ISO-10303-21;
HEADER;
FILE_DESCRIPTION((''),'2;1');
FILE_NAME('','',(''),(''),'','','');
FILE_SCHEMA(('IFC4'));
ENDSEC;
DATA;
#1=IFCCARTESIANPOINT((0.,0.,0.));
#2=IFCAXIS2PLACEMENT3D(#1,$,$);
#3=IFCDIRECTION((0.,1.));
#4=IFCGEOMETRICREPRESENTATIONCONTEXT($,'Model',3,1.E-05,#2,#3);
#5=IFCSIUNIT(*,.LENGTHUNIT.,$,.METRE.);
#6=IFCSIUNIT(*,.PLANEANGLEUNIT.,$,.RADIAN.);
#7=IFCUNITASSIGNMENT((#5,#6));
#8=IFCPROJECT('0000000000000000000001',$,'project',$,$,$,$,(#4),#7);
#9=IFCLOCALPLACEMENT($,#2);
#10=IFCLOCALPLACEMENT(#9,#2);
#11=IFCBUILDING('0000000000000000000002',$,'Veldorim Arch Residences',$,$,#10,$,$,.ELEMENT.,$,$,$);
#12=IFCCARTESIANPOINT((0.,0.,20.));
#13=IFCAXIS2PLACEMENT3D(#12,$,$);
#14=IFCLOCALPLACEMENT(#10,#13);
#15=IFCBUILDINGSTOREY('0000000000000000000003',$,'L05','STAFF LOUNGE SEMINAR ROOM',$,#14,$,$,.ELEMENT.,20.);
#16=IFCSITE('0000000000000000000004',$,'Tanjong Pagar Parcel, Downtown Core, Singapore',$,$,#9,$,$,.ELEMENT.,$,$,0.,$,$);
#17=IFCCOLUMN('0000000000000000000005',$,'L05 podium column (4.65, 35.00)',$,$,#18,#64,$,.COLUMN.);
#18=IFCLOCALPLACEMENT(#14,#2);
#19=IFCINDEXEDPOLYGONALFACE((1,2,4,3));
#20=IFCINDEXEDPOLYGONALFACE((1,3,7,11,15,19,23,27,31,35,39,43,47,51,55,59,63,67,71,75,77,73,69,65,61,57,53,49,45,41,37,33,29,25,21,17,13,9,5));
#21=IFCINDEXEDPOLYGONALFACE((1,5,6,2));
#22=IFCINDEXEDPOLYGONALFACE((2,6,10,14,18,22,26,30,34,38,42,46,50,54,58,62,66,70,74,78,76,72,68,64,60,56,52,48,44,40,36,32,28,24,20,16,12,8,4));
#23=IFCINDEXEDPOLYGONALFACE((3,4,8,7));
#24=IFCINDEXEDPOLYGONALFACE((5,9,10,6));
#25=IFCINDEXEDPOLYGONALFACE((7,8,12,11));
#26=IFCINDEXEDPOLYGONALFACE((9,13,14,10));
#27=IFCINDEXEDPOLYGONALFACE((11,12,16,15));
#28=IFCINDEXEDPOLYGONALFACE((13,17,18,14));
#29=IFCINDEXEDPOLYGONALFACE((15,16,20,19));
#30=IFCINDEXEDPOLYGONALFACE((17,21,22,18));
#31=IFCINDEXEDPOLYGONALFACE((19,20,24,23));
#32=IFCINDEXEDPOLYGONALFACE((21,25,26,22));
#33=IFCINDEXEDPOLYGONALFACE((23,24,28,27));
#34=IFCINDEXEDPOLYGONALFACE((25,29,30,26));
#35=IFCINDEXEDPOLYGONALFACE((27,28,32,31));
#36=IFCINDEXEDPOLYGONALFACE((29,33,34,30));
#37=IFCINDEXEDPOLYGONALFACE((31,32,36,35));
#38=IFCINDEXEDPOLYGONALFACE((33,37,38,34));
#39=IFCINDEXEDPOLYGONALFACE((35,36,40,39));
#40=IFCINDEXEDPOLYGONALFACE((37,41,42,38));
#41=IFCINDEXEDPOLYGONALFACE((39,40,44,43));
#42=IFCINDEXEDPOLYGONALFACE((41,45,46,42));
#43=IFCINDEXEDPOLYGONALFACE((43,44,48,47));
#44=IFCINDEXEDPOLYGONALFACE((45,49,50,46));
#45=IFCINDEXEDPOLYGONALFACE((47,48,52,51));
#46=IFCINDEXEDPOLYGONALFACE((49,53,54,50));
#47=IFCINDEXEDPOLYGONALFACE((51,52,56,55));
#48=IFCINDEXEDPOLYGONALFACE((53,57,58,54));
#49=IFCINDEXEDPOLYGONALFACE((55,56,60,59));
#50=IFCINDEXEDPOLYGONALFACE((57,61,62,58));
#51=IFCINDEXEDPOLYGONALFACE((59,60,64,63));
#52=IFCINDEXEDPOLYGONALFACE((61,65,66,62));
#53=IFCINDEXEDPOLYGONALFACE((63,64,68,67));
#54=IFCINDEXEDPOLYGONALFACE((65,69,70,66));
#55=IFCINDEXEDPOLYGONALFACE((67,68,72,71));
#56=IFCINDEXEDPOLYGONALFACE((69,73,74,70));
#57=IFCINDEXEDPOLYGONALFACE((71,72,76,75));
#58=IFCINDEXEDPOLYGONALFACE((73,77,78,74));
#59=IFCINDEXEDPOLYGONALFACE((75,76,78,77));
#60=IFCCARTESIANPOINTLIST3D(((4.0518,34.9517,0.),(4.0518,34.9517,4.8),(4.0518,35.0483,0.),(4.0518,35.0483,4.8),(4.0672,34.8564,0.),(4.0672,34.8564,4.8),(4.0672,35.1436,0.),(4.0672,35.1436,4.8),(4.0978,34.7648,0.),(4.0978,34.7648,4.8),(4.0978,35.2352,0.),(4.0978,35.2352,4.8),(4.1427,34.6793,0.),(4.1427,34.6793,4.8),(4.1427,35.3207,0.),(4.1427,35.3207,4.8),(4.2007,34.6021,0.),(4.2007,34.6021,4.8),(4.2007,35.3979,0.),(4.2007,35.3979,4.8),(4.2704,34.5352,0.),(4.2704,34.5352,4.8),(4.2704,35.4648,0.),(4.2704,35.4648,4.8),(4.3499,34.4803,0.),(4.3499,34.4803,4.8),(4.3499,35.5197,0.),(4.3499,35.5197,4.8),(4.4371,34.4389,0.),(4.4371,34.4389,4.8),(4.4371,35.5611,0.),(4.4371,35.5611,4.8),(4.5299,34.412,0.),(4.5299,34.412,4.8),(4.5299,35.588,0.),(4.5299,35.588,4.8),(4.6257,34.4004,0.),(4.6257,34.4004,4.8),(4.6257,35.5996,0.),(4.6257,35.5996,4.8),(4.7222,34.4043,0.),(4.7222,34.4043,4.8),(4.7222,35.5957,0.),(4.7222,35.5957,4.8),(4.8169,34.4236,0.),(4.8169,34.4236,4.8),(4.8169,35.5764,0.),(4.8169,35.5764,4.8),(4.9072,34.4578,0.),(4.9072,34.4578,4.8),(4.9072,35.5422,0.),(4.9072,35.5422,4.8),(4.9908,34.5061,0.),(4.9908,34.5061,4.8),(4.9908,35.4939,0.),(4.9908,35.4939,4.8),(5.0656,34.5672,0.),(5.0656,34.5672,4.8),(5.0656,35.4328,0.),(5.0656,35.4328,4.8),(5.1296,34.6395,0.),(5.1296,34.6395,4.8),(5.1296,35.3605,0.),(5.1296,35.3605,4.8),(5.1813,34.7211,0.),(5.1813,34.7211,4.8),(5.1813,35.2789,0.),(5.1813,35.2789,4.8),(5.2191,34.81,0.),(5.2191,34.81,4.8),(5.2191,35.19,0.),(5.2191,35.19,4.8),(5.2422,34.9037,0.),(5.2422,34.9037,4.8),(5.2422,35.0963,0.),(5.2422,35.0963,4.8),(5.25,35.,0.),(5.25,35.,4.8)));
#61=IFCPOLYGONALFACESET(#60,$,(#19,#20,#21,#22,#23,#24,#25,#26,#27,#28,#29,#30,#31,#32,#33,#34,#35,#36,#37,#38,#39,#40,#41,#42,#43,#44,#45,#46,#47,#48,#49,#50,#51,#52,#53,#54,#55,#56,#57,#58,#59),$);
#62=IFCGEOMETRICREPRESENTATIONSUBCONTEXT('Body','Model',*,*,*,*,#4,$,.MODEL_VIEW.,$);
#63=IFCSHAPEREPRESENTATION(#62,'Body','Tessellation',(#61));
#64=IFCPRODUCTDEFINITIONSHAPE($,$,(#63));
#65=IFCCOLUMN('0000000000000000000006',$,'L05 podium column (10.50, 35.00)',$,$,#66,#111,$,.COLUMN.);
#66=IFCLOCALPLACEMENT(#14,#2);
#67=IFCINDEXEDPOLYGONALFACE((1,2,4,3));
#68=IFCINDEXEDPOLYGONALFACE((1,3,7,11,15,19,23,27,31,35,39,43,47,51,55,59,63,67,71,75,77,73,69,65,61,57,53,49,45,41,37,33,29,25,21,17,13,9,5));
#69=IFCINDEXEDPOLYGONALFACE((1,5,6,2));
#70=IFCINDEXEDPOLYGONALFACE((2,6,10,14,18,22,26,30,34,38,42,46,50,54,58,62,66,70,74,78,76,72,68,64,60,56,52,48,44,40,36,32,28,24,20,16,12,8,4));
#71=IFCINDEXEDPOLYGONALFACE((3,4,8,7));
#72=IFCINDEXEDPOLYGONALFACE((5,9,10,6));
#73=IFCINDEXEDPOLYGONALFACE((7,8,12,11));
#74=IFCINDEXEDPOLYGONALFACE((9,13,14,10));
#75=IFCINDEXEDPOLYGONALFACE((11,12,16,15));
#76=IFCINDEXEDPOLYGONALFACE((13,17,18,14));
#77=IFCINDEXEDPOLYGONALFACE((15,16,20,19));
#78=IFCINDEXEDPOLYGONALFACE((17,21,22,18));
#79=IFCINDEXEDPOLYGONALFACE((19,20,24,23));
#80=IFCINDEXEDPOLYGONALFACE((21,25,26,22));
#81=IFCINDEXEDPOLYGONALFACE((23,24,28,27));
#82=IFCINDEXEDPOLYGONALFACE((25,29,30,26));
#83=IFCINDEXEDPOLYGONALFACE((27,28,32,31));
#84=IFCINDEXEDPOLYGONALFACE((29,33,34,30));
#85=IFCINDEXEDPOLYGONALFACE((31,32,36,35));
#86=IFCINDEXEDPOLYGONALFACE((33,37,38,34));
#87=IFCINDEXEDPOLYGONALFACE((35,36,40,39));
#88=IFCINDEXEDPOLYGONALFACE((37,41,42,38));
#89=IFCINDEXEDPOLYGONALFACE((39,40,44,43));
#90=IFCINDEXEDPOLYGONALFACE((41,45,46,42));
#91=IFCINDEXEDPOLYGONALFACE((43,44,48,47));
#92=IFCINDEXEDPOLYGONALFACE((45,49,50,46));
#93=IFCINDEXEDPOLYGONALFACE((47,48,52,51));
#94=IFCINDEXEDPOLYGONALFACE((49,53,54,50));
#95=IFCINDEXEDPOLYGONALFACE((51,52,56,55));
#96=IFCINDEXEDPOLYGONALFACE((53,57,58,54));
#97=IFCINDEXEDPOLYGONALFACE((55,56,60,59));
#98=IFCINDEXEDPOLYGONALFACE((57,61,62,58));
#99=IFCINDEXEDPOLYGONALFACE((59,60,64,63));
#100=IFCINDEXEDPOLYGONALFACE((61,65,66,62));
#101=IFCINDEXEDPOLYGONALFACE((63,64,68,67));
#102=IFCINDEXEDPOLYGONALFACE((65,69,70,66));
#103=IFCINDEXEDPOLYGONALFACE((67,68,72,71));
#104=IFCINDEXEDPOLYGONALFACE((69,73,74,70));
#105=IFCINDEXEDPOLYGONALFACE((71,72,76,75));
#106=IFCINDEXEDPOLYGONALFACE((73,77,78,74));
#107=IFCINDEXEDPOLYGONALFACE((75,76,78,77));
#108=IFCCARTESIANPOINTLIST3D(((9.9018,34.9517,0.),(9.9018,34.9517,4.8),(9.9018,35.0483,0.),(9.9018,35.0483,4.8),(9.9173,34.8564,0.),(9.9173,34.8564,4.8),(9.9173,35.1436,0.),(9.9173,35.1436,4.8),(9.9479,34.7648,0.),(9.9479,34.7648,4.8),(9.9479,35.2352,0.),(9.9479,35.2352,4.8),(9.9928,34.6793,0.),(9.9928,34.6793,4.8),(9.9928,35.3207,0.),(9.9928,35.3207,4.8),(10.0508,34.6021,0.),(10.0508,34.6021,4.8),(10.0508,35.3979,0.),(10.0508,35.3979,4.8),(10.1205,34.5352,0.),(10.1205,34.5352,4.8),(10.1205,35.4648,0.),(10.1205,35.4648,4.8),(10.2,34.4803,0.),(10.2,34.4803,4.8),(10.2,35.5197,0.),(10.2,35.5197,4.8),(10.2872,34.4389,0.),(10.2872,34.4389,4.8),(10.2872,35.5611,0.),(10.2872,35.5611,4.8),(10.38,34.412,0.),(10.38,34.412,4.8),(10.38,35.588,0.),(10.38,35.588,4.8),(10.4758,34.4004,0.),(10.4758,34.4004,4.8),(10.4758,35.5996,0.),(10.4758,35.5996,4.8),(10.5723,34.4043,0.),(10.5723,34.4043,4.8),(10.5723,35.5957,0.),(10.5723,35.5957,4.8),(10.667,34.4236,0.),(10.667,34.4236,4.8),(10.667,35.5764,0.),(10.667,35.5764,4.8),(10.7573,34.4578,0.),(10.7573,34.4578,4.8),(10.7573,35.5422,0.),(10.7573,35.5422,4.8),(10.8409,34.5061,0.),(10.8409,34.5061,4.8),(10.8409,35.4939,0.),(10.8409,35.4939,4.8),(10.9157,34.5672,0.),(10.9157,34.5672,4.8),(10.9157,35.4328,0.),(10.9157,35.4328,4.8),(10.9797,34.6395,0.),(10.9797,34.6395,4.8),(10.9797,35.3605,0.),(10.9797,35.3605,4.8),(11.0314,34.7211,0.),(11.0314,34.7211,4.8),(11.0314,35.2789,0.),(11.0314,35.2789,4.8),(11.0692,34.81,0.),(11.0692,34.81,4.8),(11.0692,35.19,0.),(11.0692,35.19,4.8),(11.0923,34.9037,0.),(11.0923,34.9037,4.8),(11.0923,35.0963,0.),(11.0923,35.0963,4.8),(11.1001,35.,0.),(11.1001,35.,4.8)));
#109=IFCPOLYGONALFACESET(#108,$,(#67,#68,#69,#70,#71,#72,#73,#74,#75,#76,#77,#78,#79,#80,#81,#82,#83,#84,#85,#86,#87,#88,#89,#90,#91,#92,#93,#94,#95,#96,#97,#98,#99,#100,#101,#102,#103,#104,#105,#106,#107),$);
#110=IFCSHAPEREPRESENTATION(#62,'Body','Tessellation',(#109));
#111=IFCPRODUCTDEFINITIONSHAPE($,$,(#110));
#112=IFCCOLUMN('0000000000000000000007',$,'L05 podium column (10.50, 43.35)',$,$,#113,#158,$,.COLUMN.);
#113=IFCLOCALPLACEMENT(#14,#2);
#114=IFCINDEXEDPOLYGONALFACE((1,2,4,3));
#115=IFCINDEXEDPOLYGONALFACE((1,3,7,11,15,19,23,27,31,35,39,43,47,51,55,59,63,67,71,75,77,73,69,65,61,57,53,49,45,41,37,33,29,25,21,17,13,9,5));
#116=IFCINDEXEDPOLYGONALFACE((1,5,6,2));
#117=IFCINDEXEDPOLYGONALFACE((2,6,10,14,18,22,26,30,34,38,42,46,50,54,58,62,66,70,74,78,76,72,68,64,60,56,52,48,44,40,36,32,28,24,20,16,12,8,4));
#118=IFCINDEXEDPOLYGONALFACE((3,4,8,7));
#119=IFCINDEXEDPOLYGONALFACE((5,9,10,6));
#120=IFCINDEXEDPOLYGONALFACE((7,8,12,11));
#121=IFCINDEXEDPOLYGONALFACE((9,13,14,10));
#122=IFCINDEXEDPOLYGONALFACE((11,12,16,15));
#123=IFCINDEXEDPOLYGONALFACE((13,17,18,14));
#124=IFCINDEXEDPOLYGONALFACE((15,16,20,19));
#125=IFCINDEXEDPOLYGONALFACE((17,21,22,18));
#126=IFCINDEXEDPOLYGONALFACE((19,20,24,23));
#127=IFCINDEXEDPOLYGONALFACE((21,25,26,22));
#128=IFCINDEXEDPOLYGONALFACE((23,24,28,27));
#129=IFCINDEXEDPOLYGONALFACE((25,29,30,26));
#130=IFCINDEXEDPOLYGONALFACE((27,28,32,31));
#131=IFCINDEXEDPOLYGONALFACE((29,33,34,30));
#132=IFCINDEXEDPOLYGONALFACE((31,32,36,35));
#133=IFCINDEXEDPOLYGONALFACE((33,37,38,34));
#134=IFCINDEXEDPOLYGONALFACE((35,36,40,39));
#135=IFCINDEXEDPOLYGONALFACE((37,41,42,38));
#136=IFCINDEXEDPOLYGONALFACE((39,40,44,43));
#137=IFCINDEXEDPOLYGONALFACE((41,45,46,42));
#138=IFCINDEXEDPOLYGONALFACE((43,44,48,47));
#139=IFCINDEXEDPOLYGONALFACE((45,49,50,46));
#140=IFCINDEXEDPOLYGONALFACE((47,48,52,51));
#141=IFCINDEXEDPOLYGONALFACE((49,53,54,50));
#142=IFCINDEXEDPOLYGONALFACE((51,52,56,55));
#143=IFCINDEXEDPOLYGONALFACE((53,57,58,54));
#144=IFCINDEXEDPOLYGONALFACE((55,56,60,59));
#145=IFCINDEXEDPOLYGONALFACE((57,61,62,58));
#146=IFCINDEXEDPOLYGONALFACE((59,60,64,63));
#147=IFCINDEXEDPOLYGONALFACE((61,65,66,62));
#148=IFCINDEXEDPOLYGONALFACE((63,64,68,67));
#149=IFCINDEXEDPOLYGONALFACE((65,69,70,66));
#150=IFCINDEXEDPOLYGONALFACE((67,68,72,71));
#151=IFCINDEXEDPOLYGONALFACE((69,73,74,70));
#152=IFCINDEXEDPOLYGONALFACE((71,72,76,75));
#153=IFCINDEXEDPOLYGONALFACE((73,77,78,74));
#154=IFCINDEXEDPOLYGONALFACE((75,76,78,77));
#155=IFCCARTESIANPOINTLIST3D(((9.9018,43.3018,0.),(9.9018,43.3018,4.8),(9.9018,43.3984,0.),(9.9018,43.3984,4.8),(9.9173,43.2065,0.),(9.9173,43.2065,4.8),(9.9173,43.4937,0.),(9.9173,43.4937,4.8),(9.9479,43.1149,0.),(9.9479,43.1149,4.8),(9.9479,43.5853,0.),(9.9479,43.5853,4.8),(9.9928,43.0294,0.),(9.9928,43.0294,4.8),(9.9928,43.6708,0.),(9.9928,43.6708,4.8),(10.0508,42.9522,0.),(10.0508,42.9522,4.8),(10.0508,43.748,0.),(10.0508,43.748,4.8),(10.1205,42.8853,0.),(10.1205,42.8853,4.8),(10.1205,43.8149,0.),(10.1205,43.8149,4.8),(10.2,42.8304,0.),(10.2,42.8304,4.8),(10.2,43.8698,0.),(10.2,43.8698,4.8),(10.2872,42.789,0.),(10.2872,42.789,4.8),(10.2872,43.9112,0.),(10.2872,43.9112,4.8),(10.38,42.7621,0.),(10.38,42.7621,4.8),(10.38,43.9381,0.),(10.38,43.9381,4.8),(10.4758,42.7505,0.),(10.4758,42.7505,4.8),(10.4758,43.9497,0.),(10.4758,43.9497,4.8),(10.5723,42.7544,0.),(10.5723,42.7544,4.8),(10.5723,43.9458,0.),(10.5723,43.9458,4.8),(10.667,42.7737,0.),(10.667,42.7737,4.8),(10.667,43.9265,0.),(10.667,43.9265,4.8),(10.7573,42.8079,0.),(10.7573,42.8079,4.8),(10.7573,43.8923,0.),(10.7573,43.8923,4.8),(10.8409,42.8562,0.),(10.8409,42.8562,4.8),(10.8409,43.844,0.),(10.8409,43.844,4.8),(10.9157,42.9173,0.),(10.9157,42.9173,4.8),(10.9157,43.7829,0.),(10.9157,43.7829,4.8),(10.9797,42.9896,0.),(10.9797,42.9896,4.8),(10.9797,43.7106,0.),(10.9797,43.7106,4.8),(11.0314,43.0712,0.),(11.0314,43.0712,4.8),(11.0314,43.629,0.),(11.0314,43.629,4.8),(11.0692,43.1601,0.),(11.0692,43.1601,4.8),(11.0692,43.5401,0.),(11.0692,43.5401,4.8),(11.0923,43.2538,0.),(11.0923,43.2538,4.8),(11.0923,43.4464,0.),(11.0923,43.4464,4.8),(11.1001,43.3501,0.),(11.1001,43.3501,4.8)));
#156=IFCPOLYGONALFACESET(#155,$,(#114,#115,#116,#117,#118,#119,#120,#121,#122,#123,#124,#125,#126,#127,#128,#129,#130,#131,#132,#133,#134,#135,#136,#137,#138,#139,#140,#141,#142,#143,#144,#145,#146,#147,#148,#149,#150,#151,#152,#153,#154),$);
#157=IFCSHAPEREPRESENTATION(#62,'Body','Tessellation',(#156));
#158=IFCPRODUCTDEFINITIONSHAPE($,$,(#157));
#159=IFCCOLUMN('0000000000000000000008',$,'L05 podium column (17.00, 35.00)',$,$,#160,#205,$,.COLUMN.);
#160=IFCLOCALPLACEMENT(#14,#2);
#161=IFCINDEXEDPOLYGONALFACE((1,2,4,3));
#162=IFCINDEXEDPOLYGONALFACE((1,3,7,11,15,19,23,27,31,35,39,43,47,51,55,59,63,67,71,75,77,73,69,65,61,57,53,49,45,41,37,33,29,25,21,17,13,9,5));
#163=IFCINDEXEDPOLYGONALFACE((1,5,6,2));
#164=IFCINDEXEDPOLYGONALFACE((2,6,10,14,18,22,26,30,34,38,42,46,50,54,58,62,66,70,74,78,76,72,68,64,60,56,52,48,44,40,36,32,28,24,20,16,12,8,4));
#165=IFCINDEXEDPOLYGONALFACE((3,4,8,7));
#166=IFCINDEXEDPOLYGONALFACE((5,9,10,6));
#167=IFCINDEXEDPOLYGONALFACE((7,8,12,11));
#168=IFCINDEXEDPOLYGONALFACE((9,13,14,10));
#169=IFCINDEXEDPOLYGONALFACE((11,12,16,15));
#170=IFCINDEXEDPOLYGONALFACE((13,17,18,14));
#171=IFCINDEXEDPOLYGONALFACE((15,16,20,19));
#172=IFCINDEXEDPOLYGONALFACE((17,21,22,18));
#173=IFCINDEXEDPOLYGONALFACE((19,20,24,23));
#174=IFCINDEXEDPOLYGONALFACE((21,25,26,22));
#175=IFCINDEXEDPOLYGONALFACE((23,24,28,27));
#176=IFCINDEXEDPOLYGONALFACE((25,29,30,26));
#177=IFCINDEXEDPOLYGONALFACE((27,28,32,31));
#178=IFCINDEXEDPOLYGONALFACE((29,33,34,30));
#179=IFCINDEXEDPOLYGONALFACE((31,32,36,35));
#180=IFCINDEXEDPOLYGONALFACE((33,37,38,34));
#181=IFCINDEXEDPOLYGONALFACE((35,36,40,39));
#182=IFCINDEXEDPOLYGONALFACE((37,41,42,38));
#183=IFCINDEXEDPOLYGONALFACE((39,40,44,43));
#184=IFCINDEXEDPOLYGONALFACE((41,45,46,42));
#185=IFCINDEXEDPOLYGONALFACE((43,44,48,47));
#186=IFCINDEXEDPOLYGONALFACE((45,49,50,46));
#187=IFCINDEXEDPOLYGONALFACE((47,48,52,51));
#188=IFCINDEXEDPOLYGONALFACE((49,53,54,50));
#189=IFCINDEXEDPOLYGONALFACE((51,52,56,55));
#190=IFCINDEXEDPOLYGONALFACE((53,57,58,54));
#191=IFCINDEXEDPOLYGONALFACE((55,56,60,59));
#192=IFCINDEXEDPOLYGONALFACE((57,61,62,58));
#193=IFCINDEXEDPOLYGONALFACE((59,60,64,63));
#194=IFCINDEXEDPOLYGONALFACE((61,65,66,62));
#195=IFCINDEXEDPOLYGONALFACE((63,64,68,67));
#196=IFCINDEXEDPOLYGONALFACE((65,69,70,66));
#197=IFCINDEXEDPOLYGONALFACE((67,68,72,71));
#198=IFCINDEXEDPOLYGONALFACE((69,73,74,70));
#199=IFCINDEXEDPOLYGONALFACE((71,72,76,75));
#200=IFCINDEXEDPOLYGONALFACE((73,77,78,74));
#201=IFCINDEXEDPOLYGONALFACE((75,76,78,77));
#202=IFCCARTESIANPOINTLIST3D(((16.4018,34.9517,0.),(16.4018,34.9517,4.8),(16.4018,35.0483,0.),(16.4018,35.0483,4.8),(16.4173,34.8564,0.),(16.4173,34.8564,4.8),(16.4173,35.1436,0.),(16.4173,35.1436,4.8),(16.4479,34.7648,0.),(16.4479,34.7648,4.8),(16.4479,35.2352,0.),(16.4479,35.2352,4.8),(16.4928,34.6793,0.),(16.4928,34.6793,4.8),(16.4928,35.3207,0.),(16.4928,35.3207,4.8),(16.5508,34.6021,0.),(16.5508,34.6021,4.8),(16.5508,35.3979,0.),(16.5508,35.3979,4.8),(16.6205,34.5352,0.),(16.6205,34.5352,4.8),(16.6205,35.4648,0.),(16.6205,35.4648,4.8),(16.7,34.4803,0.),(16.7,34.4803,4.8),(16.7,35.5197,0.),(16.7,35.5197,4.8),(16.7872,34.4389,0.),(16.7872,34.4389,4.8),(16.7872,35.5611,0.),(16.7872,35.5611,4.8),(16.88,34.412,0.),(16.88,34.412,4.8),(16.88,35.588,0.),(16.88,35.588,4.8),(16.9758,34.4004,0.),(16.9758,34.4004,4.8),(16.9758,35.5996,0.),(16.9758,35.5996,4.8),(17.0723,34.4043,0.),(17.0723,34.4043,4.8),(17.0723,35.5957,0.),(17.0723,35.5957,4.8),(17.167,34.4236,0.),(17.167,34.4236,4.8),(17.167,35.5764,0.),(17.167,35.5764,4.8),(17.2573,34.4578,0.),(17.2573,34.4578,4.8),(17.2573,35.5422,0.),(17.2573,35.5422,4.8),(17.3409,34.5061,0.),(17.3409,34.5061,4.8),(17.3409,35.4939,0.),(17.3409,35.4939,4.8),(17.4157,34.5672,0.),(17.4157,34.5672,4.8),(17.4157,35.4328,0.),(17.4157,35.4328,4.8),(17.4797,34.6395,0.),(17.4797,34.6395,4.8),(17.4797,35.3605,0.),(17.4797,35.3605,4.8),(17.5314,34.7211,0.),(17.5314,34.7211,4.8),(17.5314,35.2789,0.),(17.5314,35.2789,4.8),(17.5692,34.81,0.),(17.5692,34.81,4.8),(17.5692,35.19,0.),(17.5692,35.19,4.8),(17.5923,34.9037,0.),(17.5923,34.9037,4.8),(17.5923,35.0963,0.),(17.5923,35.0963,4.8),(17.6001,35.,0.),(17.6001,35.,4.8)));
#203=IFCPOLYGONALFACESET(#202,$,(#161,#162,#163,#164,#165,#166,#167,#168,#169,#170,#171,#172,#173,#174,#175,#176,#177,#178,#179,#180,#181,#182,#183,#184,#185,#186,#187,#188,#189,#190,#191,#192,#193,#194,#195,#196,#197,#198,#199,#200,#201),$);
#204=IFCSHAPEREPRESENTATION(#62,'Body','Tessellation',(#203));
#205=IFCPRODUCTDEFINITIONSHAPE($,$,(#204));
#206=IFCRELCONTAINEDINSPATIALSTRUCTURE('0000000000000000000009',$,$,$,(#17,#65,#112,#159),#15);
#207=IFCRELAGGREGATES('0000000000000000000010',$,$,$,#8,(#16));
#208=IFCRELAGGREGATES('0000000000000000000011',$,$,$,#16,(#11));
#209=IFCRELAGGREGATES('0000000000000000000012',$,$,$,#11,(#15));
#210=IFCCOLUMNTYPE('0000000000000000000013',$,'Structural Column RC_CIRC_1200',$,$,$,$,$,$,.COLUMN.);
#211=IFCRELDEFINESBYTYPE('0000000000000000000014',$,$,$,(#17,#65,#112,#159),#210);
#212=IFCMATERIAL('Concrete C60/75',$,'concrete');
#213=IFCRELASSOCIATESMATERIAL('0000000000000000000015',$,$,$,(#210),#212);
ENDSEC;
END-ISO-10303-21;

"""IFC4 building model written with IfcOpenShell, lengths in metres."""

from ifc_helpers import new_model, si_unit, direction, frame, origin, origin_2d, place, context, subcontext, project, spatial, circle, extrude, material, material_profile, profile_set, type_object, element, save


model = new_model("IFC4")

# Units and contexts
model_context = context("Model", 3, precision=1e-05, world=origin(), true_north=direction((0.0, 1.0)))
body_context = subcontext(model_context, "Body", "Model", "MODEL_VIEW")
ifc_project = project(units=[si_unit("LENGTHUNIT", "METRE"), si_unit("PLANEANGLEUNIT", "RADIAN")], contexts=[model_context])

# Site, building, storey
site_placement = place(None, origin())
site = spatial("IfcSite", under=ifc_project, at=site_placement, Name="Tanjong Pagar Parcel, Downtown Core, Singapore", CompositionType="ELEMENT", RefElevation=0.0)
building_placement = place(site_placement, origin())
building = spatial("IfcBuilding", under=site, at=building_placement, Name="Veldorim Arch Residences", CompositionType="ELEMENT")
storey_placement = place(building_placement, frame((0.0, 0.0, 20.0)))
storey = spatial("IfcBuildingStorey", under=building, at=storey_placement, Name="L05", Description="STAFF LOUNGE SEMINAR ROOM", CompositionType="ELEMENT", Elevation=20.0)

# Columns
ifc_material_1 = material(Name="Concrete C60/75", Category="concrete")
ifc_material_profile_1 = material_profile(ifc_material_1, circle(Radius=0.6001, at=origin_2d()), Name="RC_CIRC_1200")
ifc_profile_set_1 = profile_set([ifc_material_profile_1], Name="Concrete C60/75")
column_type = type_object("IfcColumnType", Name="Structural Column RC_CIRC_1200", PredefinedType="COLUMN", material=ifc_profile_set_1)
for number, where, z_axis, x_axis, name in (
    (1, (4.6499, 35.0, 0.0), (0.0, 0.0, 1.0), (1.0, 0.0, 0.0), "L05 podium column (4.65, 35.00)"),
    (2, (10.5, 35.0, 0.0), (0.0, 0.0, 1.0), (1.0, 0.0, 0.0), "L05 podium column (10.50, 35.00)"),
    (3, (10.5, 43.3501, 0.0), (0.0, 0.0, 1.0), (1.0, 0.0, 0.0), "L05 podium column (10.50, 43.35)"),
    (4, (17.0, 35.0, 0.0), (0.0, 0.0, 1.0), (1.0, 0.0, 0.0), "L05 podium column (17.00, 35.00)"),
):
    element("IfcColumn", number, at=place(storey_placement, frame(where, z_axis=z_axis, x_axis=x_axis)), inside=storey, type_object=column_type, Name=name, PredefinedType="COLUMN", context=body_context, shape_type="SweptSolid", body=[
        extrude(circle(Radius=0.6001, at=origin_2d()), origin(), (0.0, 0.0, 1.0), 4.8),
    ])

save(model, "model.ifc")
